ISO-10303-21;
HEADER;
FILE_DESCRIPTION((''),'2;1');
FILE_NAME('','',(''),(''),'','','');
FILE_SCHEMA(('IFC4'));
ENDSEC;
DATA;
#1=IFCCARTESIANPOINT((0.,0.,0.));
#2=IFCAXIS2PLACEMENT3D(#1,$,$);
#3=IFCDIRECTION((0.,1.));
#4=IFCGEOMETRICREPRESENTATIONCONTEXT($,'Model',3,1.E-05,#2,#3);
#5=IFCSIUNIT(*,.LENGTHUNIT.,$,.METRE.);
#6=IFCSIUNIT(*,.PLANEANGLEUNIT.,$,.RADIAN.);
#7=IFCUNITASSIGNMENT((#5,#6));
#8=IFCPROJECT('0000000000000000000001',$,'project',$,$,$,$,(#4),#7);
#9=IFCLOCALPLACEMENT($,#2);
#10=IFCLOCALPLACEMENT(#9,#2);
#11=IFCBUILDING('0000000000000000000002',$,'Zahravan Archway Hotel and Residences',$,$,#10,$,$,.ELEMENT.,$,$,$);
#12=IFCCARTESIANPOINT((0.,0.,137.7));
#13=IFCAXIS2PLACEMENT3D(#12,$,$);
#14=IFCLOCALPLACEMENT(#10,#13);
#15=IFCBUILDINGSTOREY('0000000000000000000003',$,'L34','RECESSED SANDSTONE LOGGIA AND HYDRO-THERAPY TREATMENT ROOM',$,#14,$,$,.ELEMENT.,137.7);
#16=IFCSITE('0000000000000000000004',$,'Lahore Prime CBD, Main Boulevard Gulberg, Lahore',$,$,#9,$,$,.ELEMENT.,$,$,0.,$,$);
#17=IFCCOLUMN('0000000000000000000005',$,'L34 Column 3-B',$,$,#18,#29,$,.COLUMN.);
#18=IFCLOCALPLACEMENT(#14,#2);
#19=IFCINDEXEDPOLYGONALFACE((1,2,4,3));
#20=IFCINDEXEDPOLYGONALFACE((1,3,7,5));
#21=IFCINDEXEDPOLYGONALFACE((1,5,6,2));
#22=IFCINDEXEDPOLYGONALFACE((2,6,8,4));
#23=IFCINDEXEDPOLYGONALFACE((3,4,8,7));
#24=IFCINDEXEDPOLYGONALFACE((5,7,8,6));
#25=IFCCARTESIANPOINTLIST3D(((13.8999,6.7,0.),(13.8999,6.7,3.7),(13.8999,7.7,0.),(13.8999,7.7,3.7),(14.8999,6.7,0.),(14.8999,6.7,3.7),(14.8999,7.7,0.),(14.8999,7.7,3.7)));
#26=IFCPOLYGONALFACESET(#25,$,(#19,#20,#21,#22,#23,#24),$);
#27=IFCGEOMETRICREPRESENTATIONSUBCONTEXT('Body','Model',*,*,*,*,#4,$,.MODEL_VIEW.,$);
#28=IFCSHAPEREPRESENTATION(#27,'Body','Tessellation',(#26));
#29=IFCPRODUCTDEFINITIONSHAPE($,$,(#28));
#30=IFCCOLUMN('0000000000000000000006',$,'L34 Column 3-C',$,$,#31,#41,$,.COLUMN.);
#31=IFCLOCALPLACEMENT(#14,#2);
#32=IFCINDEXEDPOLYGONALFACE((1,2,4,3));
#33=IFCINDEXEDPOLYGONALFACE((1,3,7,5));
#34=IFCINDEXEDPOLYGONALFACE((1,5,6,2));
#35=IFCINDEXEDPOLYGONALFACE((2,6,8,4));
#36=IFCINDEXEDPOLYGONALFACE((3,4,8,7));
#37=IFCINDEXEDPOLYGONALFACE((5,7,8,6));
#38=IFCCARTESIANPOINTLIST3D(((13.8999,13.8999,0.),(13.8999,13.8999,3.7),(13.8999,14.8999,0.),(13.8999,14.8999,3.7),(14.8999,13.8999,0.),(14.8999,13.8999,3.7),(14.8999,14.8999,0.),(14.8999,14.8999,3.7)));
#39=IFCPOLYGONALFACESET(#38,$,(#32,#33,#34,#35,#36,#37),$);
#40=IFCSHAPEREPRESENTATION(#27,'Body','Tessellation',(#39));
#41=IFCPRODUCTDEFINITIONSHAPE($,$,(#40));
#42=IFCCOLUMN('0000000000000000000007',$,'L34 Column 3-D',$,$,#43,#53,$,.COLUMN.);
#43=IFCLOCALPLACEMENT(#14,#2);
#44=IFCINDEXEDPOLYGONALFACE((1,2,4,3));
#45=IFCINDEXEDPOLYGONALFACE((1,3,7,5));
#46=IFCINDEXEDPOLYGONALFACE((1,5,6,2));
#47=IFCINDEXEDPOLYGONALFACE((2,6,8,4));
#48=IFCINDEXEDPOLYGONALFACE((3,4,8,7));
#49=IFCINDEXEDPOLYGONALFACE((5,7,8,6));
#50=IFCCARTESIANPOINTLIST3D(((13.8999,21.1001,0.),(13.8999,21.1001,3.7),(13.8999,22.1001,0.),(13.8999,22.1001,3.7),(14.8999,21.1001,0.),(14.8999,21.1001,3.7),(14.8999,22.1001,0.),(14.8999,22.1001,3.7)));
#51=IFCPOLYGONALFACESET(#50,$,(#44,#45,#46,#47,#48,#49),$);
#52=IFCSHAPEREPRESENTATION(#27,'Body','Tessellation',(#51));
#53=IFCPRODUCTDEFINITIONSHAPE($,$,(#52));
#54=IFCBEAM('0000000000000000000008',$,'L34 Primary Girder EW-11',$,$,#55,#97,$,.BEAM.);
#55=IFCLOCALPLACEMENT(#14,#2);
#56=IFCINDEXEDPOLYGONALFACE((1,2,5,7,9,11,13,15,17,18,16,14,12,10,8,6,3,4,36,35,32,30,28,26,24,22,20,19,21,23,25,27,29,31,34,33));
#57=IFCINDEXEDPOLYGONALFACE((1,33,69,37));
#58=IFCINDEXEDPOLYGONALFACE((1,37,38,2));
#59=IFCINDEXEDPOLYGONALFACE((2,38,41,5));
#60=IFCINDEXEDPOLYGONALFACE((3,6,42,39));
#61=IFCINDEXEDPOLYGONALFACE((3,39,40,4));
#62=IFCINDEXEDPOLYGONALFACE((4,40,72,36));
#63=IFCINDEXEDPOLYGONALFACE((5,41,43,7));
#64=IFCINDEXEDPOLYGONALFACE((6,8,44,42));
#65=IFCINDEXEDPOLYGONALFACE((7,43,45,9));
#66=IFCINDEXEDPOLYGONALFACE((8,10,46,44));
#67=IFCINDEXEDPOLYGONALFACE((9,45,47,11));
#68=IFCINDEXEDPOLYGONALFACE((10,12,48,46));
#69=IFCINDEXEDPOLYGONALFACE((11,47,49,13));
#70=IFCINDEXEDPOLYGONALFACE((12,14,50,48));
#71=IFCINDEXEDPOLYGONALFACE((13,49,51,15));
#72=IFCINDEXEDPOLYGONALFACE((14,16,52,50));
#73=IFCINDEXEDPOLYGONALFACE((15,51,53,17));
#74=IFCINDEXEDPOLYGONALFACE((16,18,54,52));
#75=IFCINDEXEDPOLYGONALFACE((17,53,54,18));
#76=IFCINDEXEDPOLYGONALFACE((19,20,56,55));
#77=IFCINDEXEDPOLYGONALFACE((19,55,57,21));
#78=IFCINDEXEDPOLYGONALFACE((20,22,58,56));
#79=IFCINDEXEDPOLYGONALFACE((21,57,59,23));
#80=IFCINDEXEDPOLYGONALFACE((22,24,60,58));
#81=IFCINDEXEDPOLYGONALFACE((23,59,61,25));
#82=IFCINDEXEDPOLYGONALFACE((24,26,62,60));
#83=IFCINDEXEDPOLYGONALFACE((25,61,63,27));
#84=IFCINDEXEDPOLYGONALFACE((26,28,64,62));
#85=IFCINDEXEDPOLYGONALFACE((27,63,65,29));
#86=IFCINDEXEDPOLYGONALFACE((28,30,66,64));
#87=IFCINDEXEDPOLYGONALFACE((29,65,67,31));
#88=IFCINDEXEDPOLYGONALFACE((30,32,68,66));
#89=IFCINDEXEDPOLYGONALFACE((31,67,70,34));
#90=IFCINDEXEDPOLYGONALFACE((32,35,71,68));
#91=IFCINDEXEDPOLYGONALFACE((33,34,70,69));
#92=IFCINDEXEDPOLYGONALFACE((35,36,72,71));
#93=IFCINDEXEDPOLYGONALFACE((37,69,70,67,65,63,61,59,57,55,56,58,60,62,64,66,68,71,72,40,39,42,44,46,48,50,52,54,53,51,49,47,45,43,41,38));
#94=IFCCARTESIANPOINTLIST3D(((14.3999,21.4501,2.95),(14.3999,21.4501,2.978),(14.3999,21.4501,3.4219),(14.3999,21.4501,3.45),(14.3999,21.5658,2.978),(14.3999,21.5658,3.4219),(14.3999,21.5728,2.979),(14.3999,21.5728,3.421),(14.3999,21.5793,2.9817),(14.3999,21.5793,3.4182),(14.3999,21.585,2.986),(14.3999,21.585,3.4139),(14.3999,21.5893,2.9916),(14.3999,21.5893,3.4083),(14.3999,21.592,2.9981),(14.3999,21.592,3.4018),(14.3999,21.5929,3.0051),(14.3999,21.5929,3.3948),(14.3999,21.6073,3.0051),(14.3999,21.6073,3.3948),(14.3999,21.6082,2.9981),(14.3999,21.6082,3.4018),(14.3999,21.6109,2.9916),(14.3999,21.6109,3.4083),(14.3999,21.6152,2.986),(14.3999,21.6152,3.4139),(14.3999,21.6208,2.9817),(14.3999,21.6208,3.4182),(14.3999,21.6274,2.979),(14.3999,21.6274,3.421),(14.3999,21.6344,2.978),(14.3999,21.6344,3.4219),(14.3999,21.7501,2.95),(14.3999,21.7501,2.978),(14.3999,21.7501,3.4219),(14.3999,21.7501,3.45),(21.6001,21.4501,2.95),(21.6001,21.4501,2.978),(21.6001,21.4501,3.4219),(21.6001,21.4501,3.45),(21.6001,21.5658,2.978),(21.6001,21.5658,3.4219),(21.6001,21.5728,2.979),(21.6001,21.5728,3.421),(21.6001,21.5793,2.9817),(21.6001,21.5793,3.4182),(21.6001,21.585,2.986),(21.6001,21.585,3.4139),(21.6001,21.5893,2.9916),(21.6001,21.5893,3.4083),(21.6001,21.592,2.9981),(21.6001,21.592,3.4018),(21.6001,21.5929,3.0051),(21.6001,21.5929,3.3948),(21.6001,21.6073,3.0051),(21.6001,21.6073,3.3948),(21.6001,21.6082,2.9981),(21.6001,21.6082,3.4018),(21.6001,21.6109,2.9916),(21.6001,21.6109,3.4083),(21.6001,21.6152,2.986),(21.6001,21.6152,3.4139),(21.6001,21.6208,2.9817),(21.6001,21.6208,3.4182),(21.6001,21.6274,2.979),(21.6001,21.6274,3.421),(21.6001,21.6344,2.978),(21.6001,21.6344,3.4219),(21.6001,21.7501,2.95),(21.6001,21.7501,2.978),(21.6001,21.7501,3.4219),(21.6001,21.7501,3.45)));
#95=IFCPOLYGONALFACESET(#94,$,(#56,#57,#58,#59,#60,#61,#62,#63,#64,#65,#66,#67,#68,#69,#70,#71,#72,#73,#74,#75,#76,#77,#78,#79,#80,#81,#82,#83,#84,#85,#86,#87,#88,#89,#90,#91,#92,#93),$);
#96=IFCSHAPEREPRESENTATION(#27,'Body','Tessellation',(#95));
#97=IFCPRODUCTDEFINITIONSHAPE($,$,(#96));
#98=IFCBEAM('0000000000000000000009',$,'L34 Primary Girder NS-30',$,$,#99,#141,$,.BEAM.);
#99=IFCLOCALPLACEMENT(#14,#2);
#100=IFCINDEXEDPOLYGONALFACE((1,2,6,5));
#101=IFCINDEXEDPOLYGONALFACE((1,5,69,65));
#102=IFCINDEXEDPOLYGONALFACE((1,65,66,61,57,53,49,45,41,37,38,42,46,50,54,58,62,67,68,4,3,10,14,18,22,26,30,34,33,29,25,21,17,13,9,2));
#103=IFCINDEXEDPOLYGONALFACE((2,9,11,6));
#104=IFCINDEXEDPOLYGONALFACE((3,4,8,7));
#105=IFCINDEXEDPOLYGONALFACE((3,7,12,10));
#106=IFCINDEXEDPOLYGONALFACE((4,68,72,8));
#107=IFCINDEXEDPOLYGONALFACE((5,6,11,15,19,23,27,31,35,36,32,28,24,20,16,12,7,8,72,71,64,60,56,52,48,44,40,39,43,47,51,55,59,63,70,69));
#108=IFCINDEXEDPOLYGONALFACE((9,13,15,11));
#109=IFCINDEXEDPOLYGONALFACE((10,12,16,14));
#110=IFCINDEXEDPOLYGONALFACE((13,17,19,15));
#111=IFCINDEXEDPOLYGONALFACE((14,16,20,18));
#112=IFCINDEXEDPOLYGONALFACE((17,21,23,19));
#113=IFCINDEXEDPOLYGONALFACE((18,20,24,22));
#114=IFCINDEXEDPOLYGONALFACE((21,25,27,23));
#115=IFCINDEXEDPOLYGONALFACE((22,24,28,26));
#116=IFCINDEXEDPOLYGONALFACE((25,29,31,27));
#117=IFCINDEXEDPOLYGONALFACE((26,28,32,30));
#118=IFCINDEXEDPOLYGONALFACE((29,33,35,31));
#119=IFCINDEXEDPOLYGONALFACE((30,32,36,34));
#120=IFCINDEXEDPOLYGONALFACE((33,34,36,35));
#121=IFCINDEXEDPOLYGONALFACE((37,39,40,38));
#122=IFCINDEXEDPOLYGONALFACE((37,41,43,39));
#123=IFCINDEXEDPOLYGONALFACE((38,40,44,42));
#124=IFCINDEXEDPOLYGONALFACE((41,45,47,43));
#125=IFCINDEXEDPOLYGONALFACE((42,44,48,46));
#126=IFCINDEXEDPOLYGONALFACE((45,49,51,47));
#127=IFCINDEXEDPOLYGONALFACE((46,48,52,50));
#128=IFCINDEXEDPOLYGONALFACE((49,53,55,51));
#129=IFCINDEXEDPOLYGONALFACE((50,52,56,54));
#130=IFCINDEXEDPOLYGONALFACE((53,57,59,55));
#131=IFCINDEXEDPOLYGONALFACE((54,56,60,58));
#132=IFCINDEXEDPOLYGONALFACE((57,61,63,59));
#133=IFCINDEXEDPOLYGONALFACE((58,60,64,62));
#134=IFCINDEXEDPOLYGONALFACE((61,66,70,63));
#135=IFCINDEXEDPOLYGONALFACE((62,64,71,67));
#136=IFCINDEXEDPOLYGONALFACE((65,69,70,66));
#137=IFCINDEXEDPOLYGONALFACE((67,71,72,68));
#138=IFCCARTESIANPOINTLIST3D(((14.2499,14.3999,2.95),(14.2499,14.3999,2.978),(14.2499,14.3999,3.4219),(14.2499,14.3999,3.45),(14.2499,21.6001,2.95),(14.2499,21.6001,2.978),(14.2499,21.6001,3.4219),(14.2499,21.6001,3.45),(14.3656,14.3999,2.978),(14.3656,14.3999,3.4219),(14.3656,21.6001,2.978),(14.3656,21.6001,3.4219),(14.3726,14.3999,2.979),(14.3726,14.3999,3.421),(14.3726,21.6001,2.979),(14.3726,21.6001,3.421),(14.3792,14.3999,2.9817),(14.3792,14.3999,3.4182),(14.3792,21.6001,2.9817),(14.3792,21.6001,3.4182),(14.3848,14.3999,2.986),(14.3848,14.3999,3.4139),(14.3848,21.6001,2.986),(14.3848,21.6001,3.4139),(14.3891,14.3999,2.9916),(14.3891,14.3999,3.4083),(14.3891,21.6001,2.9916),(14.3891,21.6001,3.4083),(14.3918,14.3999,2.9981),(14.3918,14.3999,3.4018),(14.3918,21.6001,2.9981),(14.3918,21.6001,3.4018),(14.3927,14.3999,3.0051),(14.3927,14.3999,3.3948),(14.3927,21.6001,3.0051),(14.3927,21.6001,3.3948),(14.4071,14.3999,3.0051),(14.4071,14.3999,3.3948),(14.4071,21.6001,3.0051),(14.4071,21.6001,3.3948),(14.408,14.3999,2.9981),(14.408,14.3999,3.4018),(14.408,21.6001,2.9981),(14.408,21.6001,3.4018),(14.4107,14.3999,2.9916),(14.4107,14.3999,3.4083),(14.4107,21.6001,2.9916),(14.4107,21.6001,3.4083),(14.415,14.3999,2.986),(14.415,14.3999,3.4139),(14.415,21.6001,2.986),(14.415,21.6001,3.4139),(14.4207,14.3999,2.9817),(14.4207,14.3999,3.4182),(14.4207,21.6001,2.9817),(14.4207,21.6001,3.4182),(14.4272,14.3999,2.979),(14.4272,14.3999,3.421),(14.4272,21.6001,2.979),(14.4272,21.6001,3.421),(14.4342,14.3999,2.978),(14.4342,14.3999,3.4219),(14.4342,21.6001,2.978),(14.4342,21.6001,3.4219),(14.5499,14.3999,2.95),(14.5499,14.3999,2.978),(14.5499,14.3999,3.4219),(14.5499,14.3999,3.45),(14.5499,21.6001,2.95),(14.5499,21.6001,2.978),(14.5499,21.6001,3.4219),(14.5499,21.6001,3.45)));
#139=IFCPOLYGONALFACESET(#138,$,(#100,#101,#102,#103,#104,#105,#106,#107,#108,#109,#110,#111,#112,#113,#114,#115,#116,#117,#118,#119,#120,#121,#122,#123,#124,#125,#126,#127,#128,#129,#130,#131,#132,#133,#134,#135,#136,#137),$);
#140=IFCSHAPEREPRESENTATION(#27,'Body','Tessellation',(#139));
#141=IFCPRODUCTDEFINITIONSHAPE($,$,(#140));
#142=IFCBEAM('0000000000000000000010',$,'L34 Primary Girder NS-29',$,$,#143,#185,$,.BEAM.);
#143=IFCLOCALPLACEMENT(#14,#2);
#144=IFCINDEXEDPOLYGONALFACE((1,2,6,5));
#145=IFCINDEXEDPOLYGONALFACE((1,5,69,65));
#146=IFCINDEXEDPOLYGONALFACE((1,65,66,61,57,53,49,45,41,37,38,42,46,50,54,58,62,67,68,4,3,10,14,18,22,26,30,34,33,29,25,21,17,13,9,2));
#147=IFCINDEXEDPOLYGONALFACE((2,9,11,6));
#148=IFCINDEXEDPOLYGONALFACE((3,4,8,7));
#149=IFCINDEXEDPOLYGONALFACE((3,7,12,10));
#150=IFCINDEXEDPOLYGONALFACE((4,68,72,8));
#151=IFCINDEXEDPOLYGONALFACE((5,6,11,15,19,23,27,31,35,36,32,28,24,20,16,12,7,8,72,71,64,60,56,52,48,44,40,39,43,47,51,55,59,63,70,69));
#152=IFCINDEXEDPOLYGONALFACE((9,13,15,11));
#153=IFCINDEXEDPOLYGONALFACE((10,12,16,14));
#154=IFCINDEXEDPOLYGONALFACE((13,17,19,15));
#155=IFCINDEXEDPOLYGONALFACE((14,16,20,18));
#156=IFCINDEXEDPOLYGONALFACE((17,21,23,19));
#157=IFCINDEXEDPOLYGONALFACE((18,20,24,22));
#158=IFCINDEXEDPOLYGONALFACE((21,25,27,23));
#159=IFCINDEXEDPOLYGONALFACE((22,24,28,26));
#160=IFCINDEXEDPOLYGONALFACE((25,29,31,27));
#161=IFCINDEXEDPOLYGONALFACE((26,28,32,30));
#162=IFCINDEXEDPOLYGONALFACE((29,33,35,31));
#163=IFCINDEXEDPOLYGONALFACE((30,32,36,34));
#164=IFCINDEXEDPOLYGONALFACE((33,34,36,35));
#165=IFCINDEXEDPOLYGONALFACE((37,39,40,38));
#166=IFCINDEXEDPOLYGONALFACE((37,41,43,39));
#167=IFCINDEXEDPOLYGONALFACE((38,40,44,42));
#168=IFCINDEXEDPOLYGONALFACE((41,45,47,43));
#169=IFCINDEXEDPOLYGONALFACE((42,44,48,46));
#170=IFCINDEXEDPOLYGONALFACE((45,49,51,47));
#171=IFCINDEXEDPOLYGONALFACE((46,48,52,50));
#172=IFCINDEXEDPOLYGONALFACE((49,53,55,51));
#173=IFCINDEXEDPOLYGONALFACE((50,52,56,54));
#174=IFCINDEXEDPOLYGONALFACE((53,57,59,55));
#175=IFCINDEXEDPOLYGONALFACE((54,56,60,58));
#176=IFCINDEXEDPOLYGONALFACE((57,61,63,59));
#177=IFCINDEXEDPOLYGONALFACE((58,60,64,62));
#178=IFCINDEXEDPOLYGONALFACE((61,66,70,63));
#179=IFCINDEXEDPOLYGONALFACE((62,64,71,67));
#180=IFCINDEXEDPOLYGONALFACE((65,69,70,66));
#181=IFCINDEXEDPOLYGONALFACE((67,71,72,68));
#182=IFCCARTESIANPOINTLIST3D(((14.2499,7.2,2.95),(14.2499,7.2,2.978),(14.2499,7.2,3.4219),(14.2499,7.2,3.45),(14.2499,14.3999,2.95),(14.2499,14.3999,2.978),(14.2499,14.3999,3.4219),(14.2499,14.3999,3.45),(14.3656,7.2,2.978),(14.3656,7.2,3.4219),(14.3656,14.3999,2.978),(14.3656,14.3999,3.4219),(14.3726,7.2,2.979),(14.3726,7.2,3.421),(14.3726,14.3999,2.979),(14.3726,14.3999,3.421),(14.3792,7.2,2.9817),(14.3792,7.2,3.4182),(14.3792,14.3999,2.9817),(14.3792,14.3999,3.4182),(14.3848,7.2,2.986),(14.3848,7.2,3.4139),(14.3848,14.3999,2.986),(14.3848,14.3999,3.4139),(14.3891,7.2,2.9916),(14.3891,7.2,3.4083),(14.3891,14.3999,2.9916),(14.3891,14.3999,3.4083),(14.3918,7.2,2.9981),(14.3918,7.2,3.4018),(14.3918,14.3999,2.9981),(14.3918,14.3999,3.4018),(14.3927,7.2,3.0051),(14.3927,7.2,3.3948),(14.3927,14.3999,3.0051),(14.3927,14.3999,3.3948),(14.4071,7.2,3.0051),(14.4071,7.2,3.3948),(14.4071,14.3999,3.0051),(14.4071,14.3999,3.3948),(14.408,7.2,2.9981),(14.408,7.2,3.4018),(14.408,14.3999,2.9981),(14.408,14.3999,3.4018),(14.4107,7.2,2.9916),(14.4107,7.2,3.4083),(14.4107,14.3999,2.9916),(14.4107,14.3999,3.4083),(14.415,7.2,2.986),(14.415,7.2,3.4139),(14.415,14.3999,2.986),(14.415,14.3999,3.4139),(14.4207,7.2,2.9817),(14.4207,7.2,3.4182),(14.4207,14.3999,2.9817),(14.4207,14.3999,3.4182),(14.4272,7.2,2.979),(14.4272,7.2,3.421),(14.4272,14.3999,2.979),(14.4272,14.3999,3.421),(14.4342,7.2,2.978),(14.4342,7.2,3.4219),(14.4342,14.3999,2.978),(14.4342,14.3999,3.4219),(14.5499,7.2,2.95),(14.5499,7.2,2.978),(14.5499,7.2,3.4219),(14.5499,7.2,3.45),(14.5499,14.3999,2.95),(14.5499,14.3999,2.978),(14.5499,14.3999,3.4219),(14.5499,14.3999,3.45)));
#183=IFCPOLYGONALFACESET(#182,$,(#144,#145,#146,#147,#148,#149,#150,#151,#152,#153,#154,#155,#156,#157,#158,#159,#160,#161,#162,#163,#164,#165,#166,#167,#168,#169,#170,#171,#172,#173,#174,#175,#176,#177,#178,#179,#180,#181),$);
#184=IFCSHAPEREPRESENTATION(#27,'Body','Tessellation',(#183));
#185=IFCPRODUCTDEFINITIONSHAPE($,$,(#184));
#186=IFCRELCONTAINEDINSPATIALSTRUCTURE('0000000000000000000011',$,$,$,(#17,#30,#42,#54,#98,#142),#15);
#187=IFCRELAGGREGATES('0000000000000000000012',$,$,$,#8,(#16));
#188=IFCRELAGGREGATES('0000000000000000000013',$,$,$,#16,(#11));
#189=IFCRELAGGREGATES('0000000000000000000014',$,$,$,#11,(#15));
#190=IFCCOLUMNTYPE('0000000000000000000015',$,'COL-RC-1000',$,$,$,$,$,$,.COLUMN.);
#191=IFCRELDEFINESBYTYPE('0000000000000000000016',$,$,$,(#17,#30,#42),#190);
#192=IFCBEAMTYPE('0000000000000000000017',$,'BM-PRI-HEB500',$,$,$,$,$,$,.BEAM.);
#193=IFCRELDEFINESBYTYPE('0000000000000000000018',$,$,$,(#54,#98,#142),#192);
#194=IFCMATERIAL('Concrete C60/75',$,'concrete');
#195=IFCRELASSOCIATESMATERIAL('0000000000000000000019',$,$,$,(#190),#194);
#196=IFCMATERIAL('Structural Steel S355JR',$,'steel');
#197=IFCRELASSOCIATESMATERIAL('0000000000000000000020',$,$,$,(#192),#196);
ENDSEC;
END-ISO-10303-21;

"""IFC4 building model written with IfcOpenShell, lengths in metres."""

from ifc_helpers import new_model, si_unit, direction, frame, origin, origin_2d, place, context, subcontext, project, spatial, rectangle, i_section, extrude, source, transform, mapped, material, material_profile, profile_set, type_object, type_shapes, element, save


model = new_model("IFC4")

# Units and contexts
model_context = context("Model", 3, precision=1e-05, world=origin(), true_north=direction((0.0, 1.0)))
body_context = subcontext(model_context, "Body", "Model", "MODEL_VIEW")
ifc_project = project(units=[si_unit("LENGTHUNIT", "METRE"), si_unit("PLANEANGLEUNIT", "RADIAN")], contexts=[model_context])

# Site, building, storey
site_placement = place(None, origin())
site = spatial("IfcSite", under=ifc_project, at=site_placement, Name="Lahore Prime CBD, Main Boulevard Gulberg, Lahore", CompositionType="ELEMENT", RefElevation=0.0)
building_placement = place(site_placement, origin())
building = spatial("IfcBuilding", under=site, at=building_placement, Name="Zahravan Archway Hotel and Residences", CompositionType="ELEMENT")
storey_placement = place(building_placement, frame((0.0, 0.0, 137.7)))
storey = spatial("IfcBuildingStorey", under=building, at=storey_placement, Name="L34", Description="RECESSED SANDSTONE LOGGIA AND HYDRO-THERAPY TREATMENT ROOM", CompositionType="ELEMENT", Elevation=137.7)

# Columns
ifc_material_1 = material(Name="Concrete C60/75", Category="concrete")
ifc_material_profile_1 = material_profile(ifc_material_1, rectangle(XDim=1.0, YDim=1.0, at=origin_2d()), Name="RC-COL-1000x1000", Category="concrete")
ifc_profile_set_1 = profile_set([ifc_material_profile_1], Name="Concrete C60/75")
column_type = type_object("IfcColumnType", Name="COL-RC-1000", PredefinedType="COLUMN", material=ifc_profile_set_1)
shared_shape_1 = source(origin(), body_context, "Body", "SweptSolid", [
    extrude(rectangle(XDim=1.0, YDim=1.0, at=origin_2d()), origin(), (0.0, 0.0, 1.0), 3.7),
])
type_shapes(column_type, [shared_shape_1])
for number, where, z_axis, x_axis, name in (
    (1, (14.3999, 7.2, 0.0), (0.0, 0.0, 1.0), (1.0, 0.0, 0.0), "L34 Column 3-B"),
    (2, (14.3999, 14.3999, 0.0), (0.0, 0.0, 1.0), (1.0, 0.0, 0.0), "L34 Column 3-C"),
    (3, (14.3999, 21.6001, 0.0), (0.0, 0.0, 1.0), (1.0, 0.0, 0.0), "L34 Column 3-D"),
):
    element("IfcColumn", number, at=place(storey_placement, frame(where, z_axis=z_axis, x_axis=x_axis)), inside=storey, type_object=column_type, Name=name, PredefinedType="COLUMN", context=body_context, shape_type="MappedRepresentation", body=[
        mapped(shared_shape_1, transform((0.0, 0.0, 0.0), scale=1.0)),
    ])

# Beams
ifc_material_2 = material(Name="Structural Steel S355JR", Category="steel")
ifc_material_profile_2 = material_profile(ifc_material_2, i_section(OverallWidth=0.3, OverallDepth=0.5, WebThickness=0.0144, FlangeThickness=0.0281, FilletRadius=0.0271, at=origin_2d()), Name="HEB 500", Category="steel")
ifc_profile_set_2 = profile_set([ifc_material_profile_2], Name="Structural Steel S355JR")
beam_type = type_object("IfcBeamType", Name="BM-PRI-HEB500", PredefinedType="BEAM", material=ifc_profile_set_2)
shared_shape_2 = source(origin(), body_context, "Body", "SweptSolid", [
    extrude(i_section(OverallWidth=0.3, OverallDepth=0.5, WebThickness=0.0144, FlangeThickness=0.0281, FilletRadius=0.0271, at=origin_2d()), origin(), (0.0, 0.0, 1.0), 7.2002),
])
type_shapes(beam_type, [shared_shape_2])
for number, where, z_axis, x_axis, name in (
    (4, (14.3999, 21.6001, 3.2), (1.0, 0.0, 0.0), (0.0, 1.0, 0.0), "L34 Primary Girder EW-11"),
    (5, (14.3999, 14.3999, 3.2), (0.0, 1.0, 0.0), (-1.0, 0.0, 0.0), "L34 Primary Girder NS-30"),
):
    element("IfcBeam", number, at=place(storey_placement, frame(where, z_axis=z_axis, x_axis=x_axis)), inside=storey, type_object=beam_type, Name=name, PredefinedType="BEAM", context=body_context, shape_type="MappedRepresentation", body=[
        mapped(shared_shape_2, transform((0.0, 0.0, 0.0), scale=1.0)),
    ])
shared_shape_3 = source(origin(), body_context, "Body", "SweptSolid", [
    extrude(i_section(OverallWidth=0.3, OverallDepth=0.5, WebThickness=0.0144, FlangeThickness=0.0281, FilletRadius=0.0271, at=origin_2d()), origin(), (0.0, 0.0, 1.0), 7.2),
])
beam_placement = place(storey_placement, frame((14.3999, 7.2, 3.2), z_axis=(0.0, 1.0, 0.0), x_axis=(-1.0, 0.0, 0.0)))
element("IfcBeam", 6, at=beam_placement, inside=storey, type_object=beam_type, Name="L34 Primary Girder NS-29", PredefinedType="BEAM", context=body_context, shape_type="MappedRepresentation", body=[
    mapped(shared_shape_3, transform((0.0, 0.0, 0.0), scale=1.0)),
])

save(model, "model.ifc")
